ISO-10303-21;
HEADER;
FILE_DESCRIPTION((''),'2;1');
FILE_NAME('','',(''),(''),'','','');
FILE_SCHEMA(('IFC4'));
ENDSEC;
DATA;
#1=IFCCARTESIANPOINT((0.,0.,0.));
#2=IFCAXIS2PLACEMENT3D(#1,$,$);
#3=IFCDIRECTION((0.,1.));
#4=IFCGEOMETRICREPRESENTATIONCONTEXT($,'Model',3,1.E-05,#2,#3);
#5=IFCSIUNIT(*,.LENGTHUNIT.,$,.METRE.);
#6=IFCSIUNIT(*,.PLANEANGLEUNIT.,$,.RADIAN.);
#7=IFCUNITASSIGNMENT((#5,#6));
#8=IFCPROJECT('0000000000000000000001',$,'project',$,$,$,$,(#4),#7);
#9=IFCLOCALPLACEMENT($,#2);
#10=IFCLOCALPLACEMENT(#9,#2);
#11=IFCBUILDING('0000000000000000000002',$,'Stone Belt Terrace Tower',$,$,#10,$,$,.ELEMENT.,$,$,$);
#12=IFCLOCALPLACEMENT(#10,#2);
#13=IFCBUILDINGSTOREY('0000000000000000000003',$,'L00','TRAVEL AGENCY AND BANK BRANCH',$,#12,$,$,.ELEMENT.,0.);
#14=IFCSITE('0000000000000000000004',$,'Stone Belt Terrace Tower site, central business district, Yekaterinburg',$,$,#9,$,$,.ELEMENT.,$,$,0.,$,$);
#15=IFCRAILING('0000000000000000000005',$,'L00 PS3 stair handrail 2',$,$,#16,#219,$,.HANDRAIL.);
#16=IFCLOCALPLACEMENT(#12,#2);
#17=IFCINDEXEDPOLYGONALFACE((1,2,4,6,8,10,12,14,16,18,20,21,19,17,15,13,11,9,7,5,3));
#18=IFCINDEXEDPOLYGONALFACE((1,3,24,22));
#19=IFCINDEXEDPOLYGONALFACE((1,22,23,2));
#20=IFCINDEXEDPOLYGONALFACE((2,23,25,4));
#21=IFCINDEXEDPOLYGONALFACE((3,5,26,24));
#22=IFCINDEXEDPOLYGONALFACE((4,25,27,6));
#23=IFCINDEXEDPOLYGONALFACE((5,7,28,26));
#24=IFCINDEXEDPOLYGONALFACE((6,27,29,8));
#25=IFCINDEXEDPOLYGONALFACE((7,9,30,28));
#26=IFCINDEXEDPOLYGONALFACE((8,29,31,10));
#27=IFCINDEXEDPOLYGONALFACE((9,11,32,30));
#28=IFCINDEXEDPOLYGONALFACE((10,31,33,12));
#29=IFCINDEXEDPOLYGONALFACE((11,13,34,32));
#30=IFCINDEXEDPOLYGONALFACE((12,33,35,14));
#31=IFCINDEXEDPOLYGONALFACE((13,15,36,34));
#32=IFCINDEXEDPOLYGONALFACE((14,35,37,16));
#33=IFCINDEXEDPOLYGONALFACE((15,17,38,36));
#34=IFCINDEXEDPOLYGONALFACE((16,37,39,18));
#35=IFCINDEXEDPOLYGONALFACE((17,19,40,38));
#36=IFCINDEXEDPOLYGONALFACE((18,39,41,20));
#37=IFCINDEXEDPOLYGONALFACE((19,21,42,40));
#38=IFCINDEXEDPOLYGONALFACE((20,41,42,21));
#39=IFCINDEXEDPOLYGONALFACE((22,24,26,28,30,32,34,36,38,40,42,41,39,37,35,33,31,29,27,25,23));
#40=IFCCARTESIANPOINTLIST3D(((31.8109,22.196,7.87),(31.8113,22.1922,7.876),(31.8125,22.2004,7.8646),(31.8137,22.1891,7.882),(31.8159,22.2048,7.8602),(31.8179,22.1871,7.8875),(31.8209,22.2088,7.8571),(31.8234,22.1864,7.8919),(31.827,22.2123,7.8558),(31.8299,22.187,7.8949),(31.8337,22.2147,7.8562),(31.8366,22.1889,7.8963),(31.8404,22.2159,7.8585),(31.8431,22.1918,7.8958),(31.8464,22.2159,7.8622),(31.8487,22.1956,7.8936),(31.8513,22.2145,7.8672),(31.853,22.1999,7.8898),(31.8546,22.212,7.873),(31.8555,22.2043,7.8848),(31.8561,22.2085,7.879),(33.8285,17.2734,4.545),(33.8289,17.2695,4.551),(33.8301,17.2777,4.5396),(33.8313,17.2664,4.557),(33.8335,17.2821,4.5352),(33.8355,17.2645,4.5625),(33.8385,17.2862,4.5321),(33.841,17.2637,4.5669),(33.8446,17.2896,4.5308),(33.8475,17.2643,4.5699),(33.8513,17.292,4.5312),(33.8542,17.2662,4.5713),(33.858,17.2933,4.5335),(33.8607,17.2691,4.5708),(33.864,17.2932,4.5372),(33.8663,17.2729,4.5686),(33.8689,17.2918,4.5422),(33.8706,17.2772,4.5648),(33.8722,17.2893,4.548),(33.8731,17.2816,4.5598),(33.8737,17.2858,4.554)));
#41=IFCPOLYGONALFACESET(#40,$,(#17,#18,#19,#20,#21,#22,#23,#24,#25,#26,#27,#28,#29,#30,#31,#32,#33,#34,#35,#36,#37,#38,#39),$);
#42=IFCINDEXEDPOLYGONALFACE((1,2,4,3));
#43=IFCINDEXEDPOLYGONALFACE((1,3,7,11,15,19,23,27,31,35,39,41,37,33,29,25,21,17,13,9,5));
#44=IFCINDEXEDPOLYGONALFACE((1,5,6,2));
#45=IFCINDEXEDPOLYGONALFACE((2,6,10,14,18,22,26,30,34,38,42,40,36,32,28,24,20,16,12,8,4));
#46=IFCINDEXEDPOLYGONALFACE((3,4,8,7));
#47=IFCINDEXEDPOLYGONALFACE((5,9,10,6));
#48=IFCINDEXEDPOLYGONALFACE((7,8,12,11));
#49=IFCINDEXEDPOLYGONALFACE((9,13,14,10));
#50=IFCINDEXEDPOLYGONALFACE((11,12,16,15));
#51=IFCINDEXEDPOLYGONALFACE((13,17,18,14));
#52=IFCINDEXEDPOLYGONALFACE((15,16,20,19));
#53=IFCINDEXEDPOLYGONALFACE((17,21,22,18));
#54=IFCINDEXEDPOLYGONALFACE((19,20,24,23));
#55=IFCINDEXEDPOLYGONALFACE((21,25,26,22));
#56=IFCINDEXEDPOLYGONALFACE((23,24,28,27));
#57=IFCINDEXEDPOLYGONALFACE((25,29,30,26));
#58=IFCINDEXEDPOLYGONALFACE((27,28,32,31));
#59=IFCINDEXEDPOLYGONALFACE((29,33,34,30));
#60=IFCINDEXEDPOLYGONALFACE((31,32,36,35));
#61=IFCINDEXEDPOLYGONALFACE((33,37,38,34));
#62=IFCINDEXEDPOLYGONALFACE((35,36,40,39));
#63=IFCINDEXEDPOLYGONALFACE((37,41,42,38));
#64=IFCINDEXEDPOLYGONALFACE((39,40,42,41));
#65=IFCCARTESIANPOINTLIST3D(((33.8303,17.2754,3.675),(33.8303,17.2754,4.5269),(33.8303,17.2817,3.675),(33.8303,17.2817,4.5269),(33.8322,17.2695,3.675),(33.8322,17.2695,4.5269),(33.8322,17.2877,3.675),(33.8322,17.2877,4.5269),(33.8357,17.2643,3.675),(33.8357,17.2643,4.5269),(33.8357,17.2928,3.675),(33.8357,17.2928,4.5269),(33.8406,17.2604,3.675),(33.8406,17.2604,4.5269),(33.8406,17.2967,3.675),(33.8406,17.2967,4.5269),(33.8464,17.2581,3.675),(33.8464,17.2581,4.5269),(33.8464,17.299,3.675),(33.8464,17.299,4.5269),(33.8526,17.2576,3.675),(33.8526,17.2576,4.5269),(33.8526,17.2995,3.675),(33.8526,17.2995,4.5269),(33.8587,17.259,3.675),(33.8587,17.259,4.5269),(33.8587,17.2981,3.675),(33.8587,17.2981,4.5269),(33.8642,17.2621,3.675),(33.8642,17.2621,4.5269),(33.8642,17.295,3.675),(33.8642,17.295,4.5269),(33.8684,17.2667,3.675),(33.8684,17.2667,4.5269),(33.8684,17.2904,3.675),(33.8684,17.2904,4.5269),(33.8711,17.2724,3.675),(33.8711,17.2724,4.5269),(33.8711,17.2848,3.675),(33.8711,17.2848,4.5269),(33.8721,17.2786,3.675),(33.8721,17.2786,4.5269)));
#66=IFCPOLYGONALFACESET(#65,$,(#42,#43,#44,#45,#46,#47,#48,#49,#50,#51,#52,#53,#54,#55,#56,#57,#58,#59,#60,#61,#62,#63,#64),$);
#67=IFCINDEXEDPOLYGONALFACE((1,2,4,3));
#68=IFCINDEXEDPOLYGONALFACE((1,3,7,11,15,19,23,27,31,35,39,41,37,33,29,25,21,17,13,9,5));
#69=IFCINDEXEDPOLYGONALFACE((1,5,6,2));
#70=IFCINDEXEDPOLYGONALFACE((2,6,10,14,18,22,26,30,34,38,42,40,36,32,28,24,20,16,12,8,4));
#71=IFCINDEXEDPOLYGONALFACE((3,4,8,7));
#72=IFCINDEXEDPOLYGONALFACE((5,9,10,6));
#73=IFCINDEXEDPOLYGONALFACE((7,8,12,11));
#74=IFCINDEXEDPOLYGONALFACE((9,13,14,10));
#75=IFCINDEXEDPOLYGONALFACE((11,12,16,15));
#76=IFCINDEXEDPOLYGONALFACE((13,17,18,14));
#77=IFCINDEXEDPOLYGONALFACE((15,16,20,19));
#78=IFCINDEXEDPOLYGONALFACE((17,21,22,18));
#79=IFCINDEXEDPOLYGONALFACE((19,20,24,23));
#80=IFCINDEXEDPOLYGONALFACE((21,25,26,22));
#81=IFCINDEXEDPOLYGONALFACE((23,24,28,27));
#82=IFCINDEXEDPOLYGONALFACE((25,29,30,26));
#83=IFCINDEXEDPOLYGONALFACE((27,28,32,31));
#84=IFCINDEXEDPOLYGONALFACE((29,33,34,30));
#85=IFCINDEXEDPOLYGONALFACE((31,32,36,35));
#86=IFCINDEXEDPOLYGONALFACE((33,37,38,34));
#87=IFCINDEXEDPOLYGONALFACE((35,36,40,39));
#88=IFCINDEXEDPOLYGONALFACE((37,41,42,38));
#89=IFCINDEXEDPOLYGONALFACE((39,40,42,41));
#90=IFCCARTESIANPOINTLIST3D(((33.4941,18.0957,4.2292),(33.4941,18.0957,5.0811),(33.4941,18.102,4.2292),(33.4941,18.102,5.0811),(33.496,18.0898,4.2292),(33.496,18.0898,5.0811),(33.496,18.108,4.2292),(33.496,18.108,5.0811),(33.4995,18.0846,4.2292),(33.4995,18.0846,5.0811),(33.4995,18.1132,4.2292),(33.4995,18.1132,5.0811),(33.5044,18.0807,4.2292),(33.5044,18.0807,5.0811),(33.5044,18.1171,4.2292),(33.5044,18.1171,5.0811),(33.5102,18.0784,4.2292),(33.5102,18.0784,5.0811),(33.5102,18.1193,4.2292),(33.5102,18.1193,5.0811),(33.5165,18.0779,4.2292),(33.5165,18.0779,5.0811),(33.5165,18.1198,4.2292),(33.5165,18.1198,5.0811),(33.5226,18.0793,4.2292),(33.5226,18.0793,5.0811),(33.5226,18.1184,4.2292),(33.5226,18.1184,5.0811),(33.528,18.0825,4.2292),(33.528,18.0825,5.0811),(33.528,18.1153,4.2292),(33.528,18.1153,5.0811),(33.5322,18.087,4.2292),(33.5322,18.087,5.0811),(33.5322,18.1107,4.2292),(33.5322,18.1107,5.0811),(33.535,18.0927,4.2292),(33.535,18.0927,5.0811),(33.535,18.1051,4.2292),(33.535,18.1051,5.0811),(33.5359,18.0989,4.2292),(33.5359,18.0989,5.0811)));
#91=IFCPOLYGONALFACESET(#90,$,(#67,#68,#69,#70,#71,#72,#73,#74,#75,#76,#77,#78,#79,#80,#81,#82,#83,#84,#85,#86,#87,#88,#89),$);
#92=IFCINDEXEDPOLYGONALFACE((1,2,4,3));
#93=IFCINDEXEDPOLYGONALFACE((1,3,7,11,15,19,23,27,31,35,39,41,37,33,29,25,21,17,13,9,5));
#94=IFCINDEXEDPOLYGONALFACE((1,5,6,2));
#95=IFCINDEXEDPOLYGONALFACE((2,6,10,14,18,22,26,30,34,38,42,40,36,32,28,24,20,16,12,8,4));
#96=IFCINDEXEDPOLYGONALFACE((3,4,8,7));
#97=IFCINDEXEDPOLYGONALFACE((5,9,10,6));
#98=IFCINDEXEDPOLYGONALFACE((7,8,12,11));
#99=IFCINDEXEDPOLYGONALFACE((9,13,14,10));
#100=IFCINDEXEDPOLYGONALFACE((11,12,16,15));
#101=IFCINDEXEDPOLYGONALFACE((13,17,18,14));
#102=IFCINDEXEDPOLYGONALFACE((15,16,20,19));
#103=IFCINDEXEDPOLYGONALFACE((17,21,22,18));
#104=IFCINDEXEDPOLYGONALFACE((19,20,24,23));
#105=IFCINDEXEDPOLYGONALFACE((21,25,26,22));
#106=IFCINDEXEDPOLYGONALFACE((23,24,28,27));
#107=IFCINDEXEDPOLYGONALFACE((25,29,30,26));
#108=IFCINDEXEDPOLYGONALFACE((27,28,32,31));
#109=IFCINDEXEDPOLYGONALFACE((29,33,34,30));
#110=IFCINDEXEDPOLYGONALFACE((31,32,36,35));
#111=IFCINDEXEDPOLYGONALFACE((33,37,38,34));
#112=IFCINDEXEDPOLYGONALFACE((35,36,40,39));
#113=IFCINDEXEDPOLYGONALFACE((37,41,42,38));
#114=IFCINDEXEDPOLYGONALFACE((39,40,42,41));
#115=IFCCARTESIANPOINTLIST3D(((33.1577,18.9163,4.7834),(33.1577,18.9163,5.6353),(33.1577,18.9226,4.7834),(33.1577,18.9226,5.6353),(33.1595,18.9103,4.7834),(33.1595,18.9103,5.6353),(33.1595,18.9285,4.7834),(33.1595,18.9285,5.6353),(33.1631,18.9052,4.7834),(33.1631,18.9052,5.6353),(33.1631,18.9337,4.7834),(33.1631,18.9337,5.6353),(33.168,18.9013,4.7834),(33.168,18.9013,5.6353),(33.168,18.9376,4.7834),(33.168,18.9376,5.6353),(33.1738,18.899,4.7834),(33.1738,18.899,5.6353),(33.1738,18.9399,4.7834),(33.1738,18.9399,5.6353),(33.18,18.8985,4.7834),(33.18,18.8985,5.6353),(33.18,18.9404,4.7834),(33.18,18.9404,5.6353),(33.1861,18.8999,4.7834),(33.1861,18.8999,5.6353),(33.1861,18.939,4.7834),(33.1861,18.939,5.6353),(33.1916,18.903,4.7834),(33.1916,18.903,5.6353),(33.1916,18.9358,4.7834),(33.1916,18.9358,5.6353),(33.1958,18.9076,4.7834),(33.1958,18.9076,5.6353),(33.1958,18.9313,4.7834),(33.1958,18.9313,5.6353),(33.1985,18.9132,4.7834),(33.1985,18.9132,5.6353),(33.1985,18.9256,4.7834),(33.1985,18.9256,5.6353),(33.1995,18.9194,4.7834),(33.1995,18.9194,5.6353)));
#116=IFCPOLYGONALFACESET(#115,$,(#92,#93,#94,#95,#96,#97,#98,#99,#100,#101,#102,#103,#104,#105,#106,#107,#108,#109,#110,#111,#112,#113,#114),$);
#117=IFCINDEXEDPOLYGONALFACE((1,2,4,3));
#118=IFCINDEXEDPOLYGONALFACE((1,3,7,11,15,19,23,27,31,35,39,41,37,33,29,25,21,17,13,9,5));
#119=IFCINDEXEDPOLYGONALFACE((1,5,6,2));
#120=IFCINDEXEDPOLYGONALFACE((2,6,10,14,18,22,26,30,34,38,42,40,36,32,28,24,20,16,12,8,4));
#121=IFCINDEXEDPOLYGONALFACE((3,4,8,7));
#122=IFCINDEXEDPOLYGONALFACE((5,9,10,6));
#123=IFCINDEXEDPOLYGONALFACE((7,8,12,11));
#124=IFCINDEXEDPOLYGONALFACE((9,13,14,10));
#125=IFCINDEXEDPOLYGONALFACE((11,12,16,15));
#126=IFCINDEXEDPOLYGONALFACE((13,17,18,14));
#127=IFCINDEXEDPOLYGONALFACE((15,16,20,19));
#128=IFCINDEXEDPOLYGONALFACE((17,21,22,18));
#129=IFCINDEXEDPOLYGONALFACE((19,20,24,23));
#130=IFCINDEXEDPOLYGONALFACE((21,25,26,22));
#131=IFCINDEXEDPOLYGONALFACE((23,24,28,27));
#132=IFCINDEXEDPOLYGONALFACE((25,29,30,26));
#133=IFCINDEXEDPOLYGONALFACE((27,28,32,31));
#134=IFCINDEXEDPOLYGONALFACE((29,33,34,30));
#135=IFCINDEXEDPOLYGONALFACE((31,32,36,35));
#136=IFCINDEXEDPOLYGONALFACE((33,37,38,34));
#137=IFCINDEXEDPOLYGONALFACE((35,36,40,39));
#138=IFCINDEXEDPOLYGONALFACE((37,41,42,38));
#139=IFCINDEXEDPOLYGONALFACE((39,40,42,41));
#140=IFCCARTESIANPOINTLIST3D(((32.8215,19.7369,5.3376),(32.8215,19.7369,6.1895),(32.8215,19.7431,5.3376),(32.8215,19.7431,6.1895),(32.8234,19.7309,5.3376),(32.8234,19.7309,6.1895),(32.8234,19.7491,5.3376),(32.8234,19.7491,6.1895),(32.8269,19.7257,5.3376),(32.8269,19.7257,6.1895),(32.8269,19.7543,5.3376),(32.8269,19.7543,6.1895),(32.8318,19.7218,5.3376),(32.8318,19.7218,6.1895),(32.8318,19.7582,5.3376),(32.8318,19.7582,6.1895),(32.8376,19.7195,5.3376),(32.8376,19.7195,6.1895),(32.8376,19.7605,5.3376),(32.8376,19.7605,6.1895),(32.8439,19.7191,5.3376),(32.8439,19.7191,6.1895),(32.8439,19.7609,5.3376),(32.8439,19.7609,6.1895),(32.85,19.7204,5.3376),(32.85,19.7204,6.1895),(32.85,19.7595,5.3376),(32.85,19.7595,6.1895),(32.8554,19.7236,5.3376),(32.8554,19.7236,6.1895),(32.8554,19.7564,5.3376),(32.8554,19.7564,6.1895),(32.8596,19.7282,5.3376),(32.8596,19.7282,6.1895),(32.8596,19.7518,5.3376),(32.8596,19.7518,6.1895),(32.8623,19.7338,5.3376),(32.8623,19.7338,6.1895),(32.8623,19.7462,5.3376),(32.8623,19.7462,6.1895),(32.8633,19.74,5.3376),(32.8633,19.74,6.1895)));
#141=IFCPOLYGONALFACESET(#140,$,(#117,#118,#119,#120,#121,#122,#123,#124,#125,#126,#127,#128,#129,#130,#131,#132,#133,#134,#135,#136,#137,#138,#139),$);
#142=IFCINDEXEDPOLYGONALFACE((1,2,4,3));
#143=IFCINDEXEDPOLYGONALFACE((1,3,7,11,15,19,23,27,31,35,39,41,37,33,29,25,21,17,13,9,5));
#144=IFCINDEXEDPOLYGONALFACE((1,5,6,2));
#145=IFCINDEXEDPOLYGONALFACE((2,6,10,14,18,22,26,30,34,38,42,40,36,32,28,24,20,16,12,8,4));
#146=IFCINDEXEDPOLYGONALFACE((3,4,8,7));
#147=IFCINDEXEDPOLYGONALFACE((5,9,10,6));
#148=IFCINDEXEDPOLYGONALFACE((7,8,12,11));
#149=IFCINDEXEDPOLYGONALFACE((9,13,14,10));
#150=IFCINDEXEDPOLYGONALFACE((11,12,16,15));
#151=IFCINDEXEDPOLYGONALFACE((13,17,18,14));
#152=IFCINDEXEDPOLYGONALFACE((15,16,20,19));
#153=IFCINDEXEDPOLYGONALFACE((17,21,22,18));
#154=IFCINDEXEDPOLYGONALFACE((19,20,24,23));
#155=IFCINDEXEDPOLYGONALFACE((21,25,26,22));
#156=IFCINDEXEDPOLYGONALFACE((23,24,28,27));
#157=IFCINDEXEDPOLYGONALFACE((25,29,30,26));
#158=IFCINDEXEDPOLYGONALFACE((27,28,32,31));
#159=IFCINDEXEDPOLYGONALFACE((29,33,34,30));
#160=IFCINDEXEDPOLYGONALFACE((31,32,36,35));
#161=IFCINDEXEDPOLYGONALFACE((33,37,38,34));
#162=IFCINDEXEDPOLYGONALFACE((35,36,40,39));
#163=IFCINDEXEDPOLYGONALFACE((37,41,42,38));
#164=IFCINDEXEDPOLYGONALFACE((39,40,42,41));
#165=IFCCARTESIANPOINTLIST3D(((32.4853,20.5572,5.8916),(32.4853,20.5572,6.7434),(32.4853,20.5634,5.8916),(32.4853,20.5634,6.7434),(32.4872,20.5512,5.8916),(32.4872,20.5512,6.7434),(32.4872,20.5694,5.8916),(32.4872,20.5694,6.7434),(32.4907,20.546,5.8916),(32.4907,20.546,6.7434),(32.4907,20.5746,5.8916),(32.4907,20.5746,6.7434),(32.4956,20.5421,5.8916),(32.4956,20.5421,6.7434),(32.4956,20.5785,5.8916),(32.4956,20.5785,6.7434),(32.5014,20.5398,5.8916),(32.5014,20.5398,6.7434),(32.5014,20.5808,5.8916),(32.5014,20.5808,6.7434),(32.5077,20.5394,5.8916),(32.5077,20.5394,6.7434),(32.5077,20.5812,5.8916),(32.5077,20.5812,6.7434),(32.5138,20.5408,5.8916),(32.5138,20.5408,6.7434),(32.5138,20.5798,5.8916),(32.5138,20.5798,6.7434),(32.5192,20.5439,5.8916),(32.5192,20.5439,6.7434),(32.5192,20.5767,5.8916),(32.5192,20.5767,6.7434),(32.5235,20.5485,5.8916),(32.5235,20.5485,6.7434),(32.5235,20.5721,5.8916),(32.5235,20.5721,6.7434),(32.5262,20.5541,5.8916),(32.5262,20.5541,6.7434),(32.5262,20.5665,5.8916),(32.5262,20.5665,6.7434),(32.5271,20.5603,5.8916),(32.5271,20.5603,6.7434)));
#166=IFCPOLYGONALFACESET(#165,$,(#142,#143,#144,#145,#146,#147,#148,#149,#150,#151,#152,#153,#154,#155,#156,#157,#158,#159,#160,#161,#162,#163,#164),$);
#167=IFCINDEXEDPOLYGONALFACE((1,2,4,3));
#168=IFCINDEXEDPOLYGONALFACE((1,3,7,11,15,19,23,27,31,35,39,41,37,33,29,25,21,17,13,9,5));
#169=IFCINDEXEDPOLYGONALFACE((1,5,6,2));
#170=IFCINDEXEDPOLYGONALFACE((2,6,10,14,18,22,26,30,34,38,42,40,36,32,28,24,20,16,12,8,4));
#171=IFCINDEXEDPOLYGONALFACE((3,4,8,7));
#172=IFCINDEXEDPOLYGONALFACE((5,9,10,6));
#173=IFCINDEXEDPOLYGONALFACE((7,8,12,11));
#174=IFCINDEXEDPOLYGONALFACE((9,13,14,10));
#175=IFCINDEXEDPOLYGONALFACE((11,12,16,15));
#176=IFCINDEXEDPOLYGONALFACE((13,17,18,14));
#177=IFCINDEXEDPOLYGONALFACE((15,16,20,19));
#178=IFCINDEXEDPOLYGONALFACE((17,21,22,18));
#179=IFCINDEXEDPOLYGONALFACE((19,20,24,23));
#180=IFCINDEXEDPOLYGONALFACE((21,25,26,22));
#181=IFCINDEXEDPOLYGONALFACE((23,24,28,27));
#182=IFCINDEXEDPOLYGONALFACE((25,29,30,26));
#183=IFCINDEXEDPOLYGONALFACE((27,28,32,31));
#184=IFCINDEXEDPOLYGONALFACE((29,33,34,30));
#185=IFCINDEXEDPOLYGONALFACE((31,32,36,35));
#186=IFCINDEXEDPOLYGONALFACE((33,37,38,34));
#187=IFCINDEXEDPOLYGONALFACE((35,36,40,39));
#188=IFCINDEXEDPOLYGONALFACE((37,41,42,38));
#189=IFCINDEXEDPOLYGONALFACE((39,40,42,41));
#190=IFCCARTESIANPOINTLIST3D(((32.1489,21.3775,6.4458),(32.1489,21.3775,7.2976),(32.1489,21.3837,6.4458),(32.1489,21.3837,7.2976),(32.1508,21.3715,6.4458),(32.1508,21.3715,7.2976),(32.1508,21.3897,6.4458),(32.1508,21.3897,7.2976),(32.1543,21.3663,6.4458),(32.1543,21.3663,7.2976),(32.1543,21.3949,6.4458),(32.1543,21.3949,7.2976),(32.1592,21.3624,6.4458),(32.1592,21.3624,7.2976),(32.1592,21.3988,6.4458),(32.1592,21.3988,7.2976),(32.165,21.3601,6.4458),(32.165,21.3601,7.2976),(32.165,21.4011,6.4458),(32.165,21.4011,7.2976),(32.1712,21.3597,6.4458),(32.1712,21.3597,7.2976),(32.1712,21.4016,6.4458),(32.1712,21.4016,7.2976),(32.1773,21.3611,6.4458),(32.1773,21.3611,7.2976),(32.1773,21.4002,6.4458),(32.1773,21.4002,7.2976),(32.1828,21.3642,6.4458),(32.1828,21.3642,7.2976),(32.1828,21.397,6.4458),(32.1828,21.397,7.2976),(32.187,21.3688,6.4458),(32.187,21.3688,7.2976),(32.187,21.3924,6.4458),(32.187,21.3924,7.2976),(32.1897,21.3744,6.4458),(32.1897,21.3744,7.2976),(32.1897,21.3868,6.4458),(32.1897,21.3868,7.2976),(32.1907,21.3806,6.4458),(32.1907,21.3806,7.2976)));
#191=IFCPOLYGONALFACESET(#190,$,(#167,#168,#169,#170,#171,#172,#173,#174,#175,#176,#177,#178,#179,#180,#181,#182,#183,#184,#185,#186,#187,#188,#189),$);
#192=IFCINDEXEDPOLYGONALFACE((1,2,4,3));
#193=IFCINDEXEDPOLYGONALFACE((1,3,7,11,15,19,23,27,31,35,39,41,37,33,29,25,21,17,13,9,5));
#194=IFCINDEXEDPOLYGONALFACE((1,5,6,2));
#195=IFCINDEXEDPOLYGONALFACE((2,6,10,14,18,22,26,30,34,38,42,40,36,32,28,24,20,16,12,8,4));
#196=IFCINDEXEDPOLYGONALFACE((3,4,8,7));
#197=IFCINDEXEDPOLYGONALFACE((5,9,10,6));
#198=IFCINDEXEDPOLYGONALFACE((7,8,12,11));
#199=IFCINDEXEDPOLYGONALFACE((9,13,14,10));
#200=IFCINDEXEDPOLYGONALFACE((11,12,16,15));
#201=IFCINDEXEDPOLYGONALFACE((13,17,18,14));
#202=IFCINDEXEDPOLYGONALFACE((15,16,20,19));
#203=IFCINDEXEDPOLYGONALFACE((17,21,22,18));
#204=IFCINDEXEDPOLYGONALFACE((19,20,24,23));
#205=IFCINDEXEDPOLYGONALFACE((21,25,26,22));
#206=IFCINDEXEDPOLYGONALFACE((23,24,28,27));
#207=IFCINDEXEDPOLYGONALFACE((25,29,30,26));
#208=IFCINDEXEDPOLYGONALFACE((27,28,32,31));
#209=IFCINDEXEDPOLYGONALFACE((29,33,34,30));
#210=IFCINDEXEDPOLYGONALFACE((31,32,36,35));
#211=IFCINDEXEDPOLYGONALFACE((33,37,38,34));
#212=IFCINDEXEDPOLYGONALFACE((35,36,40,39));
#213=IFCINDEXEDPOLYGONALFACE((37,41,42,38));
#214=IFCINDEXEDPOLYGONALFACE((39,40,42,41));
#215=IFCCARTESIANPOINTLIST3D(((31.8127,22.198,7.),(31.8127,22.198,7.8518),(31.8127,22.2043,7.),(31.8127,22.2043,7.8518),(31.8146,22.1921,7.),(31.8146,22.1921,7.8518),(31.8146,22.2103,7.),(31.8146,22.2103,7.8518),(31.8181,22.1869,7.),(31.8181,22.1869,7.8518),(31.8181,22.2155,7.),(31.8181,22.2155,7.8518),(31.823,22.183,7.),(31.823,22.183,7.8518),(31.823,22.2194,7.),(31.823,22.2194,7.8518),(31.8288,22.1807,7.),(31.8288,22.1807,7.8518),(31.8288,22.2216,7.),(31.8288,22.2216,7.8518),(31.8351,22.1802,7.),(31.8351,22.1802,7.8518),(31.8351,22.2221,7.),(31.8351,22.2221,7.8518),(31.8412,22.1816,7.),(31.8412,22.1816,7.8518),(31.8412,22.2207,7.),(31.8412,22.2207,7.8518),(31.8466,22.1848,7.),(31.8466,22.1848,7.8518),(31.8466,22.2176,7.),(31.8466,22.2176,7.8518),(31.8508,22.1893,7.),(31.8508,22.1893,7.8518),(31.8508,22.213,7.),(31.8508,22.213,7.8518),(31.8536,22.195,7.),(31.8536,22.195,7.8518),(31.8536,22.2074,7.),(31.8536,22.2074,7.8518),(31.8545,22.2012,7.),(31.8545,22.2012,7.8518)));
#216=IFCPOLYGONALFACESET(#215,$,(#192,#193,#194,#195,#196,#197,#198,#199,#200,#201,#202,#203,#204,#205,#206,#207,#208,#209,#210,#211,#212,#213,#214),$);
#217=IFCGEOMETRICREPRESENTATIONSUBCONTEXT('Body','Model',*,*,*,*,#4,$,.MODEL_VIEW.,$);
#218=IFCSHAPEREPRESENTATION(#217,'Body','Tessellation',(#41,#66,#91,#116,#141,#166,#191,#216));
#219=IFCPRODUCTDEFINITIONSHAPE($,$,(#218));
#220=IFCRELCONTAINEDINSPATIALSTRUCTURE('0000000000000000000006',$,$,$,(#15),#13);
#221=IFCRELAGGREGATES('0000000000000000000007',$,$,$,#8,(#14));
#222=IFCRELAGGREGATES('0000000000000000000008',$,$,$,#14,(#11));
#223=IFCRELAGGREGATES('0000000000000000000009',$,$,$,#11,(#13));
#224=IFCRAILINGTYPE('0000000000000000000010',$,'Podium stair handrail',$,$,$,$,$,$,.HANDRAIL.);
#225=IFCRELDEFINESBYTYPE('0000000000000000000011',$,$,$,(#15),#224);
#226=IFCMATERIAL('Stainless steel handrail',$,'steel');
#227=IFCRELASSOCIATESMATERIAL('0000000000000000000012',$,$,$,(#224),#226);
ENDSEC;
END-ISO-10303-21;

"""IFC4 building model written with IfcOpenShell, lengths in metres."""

from ifc_helpers import new_model, si_unit, direction, frame, origin, origin_2d, place, context, subcontext, project, spatial, circle, extrude, material, type_object, element, save


model = new_model("IFC4")

# Units and contexts
model_context = context("Model", 3, precision=1e-05, world=origin(), true_north=direction((0.0, 1.0)))
body_context = subcontext(model_context, "Body", "Model", "MODEL_VIEW")
ifc_project = project(units=[si_unit("LENGTHUNIT", "METRE"), si_unit("PLANEANGLEUNIT", "RADIAN")], contexts=[model_context])

# Site, building, storey
site_placement = place(None, origin())
site = spatial("IfcSite", under=ifc_project, at=site_placement, Name="Stone Belt Terrace Tower site, central business district, Yekaterinburg", CompositionType="ELEMENT", RefElevation=0.0)
building_placement = place(site_placement, origin())
building = spatial("IfcBuilding", under=site, at=building_placement, Name="Stone Belt Terrace Tower", CompositionType="ELEMENT")
storey_placement = place(building_placement, origin())
storey = spatial("IfcBuildingStorey", under=building, at=storey_placement, Name="L00", Description="TRAVEL AGENCY AND BANK BRANCH", CompositionType="ELEMENT", Elevation=0.0)

# Railing
ifc_material_1 = material(Name="Stainless steel handrail", Category="steel")
railing_type = type_object("IfcRailingType", Name="Podium stair handrail", PredefinedType="HANDRAIL", material=ifc_material_1)
railing_placement = place(storey_placement, frame((33.8511, 17.2786, 3.675)))
element("IfcRailing", 1, at=railing_placement, inside=storey, type_object=railing_type, Name="L00 PS3 stair handrail 2", PredefinedType="HANDRAIL", context=body_context, shape_type="SweptSolid", body=[
    extrude(circle(Radius=0.0239, at=origin_2d()), frame((0.0, 0.0, 0.876), z_axis=(-0.321598, 0.784655, 0.529991), x_axis=(-0.925297, -0.379242, 0.0)), (0.0, 0.0, 1.0), 6.2737),
    extrude(circle(Radius=0.021, at=origin_2d()), origin(), (0.0, 0.0, 1.0), 0.8518),
    extrude(circle(Radius=0.021, at=origin_2d()), frame((-0.3362, 0.8203, 0.5542)), (0.0, 0.0, 1.0), 0.8518),
    extrude(circle(Radius=0.021, at=origin_2d()), frame((-0.6726, 1.6409, 1.1084)), (0.0, 0.0, 1.0), 0.8518),
    extrude(circle(Radius=0.021, at=origin_2d()), frame((-1.0088, 2.4614, 1.6626)), (0.0, 0.0, 1.0), 0.8518),
    extrude(circle(Radius=0.021, at=origin_2d()), frame((-1.345, 3.2817, 2.2166)), (0.0, 0.0, 1.0), 0.8518),
    extrude(circle(Radius=0.021, at=origin_2d()), frame((-1.6814, 4.1021, 2.7708)), (0.0, 0.0, 1.0), 0.8518),
    extrude(circle(Radius=0.021, at=origin_2d()), frame((-2.0176, 4.9226, 3.325)), (0.0, 0.0, 1.0), 0.8518),
])

save(model, "model.ifc")
